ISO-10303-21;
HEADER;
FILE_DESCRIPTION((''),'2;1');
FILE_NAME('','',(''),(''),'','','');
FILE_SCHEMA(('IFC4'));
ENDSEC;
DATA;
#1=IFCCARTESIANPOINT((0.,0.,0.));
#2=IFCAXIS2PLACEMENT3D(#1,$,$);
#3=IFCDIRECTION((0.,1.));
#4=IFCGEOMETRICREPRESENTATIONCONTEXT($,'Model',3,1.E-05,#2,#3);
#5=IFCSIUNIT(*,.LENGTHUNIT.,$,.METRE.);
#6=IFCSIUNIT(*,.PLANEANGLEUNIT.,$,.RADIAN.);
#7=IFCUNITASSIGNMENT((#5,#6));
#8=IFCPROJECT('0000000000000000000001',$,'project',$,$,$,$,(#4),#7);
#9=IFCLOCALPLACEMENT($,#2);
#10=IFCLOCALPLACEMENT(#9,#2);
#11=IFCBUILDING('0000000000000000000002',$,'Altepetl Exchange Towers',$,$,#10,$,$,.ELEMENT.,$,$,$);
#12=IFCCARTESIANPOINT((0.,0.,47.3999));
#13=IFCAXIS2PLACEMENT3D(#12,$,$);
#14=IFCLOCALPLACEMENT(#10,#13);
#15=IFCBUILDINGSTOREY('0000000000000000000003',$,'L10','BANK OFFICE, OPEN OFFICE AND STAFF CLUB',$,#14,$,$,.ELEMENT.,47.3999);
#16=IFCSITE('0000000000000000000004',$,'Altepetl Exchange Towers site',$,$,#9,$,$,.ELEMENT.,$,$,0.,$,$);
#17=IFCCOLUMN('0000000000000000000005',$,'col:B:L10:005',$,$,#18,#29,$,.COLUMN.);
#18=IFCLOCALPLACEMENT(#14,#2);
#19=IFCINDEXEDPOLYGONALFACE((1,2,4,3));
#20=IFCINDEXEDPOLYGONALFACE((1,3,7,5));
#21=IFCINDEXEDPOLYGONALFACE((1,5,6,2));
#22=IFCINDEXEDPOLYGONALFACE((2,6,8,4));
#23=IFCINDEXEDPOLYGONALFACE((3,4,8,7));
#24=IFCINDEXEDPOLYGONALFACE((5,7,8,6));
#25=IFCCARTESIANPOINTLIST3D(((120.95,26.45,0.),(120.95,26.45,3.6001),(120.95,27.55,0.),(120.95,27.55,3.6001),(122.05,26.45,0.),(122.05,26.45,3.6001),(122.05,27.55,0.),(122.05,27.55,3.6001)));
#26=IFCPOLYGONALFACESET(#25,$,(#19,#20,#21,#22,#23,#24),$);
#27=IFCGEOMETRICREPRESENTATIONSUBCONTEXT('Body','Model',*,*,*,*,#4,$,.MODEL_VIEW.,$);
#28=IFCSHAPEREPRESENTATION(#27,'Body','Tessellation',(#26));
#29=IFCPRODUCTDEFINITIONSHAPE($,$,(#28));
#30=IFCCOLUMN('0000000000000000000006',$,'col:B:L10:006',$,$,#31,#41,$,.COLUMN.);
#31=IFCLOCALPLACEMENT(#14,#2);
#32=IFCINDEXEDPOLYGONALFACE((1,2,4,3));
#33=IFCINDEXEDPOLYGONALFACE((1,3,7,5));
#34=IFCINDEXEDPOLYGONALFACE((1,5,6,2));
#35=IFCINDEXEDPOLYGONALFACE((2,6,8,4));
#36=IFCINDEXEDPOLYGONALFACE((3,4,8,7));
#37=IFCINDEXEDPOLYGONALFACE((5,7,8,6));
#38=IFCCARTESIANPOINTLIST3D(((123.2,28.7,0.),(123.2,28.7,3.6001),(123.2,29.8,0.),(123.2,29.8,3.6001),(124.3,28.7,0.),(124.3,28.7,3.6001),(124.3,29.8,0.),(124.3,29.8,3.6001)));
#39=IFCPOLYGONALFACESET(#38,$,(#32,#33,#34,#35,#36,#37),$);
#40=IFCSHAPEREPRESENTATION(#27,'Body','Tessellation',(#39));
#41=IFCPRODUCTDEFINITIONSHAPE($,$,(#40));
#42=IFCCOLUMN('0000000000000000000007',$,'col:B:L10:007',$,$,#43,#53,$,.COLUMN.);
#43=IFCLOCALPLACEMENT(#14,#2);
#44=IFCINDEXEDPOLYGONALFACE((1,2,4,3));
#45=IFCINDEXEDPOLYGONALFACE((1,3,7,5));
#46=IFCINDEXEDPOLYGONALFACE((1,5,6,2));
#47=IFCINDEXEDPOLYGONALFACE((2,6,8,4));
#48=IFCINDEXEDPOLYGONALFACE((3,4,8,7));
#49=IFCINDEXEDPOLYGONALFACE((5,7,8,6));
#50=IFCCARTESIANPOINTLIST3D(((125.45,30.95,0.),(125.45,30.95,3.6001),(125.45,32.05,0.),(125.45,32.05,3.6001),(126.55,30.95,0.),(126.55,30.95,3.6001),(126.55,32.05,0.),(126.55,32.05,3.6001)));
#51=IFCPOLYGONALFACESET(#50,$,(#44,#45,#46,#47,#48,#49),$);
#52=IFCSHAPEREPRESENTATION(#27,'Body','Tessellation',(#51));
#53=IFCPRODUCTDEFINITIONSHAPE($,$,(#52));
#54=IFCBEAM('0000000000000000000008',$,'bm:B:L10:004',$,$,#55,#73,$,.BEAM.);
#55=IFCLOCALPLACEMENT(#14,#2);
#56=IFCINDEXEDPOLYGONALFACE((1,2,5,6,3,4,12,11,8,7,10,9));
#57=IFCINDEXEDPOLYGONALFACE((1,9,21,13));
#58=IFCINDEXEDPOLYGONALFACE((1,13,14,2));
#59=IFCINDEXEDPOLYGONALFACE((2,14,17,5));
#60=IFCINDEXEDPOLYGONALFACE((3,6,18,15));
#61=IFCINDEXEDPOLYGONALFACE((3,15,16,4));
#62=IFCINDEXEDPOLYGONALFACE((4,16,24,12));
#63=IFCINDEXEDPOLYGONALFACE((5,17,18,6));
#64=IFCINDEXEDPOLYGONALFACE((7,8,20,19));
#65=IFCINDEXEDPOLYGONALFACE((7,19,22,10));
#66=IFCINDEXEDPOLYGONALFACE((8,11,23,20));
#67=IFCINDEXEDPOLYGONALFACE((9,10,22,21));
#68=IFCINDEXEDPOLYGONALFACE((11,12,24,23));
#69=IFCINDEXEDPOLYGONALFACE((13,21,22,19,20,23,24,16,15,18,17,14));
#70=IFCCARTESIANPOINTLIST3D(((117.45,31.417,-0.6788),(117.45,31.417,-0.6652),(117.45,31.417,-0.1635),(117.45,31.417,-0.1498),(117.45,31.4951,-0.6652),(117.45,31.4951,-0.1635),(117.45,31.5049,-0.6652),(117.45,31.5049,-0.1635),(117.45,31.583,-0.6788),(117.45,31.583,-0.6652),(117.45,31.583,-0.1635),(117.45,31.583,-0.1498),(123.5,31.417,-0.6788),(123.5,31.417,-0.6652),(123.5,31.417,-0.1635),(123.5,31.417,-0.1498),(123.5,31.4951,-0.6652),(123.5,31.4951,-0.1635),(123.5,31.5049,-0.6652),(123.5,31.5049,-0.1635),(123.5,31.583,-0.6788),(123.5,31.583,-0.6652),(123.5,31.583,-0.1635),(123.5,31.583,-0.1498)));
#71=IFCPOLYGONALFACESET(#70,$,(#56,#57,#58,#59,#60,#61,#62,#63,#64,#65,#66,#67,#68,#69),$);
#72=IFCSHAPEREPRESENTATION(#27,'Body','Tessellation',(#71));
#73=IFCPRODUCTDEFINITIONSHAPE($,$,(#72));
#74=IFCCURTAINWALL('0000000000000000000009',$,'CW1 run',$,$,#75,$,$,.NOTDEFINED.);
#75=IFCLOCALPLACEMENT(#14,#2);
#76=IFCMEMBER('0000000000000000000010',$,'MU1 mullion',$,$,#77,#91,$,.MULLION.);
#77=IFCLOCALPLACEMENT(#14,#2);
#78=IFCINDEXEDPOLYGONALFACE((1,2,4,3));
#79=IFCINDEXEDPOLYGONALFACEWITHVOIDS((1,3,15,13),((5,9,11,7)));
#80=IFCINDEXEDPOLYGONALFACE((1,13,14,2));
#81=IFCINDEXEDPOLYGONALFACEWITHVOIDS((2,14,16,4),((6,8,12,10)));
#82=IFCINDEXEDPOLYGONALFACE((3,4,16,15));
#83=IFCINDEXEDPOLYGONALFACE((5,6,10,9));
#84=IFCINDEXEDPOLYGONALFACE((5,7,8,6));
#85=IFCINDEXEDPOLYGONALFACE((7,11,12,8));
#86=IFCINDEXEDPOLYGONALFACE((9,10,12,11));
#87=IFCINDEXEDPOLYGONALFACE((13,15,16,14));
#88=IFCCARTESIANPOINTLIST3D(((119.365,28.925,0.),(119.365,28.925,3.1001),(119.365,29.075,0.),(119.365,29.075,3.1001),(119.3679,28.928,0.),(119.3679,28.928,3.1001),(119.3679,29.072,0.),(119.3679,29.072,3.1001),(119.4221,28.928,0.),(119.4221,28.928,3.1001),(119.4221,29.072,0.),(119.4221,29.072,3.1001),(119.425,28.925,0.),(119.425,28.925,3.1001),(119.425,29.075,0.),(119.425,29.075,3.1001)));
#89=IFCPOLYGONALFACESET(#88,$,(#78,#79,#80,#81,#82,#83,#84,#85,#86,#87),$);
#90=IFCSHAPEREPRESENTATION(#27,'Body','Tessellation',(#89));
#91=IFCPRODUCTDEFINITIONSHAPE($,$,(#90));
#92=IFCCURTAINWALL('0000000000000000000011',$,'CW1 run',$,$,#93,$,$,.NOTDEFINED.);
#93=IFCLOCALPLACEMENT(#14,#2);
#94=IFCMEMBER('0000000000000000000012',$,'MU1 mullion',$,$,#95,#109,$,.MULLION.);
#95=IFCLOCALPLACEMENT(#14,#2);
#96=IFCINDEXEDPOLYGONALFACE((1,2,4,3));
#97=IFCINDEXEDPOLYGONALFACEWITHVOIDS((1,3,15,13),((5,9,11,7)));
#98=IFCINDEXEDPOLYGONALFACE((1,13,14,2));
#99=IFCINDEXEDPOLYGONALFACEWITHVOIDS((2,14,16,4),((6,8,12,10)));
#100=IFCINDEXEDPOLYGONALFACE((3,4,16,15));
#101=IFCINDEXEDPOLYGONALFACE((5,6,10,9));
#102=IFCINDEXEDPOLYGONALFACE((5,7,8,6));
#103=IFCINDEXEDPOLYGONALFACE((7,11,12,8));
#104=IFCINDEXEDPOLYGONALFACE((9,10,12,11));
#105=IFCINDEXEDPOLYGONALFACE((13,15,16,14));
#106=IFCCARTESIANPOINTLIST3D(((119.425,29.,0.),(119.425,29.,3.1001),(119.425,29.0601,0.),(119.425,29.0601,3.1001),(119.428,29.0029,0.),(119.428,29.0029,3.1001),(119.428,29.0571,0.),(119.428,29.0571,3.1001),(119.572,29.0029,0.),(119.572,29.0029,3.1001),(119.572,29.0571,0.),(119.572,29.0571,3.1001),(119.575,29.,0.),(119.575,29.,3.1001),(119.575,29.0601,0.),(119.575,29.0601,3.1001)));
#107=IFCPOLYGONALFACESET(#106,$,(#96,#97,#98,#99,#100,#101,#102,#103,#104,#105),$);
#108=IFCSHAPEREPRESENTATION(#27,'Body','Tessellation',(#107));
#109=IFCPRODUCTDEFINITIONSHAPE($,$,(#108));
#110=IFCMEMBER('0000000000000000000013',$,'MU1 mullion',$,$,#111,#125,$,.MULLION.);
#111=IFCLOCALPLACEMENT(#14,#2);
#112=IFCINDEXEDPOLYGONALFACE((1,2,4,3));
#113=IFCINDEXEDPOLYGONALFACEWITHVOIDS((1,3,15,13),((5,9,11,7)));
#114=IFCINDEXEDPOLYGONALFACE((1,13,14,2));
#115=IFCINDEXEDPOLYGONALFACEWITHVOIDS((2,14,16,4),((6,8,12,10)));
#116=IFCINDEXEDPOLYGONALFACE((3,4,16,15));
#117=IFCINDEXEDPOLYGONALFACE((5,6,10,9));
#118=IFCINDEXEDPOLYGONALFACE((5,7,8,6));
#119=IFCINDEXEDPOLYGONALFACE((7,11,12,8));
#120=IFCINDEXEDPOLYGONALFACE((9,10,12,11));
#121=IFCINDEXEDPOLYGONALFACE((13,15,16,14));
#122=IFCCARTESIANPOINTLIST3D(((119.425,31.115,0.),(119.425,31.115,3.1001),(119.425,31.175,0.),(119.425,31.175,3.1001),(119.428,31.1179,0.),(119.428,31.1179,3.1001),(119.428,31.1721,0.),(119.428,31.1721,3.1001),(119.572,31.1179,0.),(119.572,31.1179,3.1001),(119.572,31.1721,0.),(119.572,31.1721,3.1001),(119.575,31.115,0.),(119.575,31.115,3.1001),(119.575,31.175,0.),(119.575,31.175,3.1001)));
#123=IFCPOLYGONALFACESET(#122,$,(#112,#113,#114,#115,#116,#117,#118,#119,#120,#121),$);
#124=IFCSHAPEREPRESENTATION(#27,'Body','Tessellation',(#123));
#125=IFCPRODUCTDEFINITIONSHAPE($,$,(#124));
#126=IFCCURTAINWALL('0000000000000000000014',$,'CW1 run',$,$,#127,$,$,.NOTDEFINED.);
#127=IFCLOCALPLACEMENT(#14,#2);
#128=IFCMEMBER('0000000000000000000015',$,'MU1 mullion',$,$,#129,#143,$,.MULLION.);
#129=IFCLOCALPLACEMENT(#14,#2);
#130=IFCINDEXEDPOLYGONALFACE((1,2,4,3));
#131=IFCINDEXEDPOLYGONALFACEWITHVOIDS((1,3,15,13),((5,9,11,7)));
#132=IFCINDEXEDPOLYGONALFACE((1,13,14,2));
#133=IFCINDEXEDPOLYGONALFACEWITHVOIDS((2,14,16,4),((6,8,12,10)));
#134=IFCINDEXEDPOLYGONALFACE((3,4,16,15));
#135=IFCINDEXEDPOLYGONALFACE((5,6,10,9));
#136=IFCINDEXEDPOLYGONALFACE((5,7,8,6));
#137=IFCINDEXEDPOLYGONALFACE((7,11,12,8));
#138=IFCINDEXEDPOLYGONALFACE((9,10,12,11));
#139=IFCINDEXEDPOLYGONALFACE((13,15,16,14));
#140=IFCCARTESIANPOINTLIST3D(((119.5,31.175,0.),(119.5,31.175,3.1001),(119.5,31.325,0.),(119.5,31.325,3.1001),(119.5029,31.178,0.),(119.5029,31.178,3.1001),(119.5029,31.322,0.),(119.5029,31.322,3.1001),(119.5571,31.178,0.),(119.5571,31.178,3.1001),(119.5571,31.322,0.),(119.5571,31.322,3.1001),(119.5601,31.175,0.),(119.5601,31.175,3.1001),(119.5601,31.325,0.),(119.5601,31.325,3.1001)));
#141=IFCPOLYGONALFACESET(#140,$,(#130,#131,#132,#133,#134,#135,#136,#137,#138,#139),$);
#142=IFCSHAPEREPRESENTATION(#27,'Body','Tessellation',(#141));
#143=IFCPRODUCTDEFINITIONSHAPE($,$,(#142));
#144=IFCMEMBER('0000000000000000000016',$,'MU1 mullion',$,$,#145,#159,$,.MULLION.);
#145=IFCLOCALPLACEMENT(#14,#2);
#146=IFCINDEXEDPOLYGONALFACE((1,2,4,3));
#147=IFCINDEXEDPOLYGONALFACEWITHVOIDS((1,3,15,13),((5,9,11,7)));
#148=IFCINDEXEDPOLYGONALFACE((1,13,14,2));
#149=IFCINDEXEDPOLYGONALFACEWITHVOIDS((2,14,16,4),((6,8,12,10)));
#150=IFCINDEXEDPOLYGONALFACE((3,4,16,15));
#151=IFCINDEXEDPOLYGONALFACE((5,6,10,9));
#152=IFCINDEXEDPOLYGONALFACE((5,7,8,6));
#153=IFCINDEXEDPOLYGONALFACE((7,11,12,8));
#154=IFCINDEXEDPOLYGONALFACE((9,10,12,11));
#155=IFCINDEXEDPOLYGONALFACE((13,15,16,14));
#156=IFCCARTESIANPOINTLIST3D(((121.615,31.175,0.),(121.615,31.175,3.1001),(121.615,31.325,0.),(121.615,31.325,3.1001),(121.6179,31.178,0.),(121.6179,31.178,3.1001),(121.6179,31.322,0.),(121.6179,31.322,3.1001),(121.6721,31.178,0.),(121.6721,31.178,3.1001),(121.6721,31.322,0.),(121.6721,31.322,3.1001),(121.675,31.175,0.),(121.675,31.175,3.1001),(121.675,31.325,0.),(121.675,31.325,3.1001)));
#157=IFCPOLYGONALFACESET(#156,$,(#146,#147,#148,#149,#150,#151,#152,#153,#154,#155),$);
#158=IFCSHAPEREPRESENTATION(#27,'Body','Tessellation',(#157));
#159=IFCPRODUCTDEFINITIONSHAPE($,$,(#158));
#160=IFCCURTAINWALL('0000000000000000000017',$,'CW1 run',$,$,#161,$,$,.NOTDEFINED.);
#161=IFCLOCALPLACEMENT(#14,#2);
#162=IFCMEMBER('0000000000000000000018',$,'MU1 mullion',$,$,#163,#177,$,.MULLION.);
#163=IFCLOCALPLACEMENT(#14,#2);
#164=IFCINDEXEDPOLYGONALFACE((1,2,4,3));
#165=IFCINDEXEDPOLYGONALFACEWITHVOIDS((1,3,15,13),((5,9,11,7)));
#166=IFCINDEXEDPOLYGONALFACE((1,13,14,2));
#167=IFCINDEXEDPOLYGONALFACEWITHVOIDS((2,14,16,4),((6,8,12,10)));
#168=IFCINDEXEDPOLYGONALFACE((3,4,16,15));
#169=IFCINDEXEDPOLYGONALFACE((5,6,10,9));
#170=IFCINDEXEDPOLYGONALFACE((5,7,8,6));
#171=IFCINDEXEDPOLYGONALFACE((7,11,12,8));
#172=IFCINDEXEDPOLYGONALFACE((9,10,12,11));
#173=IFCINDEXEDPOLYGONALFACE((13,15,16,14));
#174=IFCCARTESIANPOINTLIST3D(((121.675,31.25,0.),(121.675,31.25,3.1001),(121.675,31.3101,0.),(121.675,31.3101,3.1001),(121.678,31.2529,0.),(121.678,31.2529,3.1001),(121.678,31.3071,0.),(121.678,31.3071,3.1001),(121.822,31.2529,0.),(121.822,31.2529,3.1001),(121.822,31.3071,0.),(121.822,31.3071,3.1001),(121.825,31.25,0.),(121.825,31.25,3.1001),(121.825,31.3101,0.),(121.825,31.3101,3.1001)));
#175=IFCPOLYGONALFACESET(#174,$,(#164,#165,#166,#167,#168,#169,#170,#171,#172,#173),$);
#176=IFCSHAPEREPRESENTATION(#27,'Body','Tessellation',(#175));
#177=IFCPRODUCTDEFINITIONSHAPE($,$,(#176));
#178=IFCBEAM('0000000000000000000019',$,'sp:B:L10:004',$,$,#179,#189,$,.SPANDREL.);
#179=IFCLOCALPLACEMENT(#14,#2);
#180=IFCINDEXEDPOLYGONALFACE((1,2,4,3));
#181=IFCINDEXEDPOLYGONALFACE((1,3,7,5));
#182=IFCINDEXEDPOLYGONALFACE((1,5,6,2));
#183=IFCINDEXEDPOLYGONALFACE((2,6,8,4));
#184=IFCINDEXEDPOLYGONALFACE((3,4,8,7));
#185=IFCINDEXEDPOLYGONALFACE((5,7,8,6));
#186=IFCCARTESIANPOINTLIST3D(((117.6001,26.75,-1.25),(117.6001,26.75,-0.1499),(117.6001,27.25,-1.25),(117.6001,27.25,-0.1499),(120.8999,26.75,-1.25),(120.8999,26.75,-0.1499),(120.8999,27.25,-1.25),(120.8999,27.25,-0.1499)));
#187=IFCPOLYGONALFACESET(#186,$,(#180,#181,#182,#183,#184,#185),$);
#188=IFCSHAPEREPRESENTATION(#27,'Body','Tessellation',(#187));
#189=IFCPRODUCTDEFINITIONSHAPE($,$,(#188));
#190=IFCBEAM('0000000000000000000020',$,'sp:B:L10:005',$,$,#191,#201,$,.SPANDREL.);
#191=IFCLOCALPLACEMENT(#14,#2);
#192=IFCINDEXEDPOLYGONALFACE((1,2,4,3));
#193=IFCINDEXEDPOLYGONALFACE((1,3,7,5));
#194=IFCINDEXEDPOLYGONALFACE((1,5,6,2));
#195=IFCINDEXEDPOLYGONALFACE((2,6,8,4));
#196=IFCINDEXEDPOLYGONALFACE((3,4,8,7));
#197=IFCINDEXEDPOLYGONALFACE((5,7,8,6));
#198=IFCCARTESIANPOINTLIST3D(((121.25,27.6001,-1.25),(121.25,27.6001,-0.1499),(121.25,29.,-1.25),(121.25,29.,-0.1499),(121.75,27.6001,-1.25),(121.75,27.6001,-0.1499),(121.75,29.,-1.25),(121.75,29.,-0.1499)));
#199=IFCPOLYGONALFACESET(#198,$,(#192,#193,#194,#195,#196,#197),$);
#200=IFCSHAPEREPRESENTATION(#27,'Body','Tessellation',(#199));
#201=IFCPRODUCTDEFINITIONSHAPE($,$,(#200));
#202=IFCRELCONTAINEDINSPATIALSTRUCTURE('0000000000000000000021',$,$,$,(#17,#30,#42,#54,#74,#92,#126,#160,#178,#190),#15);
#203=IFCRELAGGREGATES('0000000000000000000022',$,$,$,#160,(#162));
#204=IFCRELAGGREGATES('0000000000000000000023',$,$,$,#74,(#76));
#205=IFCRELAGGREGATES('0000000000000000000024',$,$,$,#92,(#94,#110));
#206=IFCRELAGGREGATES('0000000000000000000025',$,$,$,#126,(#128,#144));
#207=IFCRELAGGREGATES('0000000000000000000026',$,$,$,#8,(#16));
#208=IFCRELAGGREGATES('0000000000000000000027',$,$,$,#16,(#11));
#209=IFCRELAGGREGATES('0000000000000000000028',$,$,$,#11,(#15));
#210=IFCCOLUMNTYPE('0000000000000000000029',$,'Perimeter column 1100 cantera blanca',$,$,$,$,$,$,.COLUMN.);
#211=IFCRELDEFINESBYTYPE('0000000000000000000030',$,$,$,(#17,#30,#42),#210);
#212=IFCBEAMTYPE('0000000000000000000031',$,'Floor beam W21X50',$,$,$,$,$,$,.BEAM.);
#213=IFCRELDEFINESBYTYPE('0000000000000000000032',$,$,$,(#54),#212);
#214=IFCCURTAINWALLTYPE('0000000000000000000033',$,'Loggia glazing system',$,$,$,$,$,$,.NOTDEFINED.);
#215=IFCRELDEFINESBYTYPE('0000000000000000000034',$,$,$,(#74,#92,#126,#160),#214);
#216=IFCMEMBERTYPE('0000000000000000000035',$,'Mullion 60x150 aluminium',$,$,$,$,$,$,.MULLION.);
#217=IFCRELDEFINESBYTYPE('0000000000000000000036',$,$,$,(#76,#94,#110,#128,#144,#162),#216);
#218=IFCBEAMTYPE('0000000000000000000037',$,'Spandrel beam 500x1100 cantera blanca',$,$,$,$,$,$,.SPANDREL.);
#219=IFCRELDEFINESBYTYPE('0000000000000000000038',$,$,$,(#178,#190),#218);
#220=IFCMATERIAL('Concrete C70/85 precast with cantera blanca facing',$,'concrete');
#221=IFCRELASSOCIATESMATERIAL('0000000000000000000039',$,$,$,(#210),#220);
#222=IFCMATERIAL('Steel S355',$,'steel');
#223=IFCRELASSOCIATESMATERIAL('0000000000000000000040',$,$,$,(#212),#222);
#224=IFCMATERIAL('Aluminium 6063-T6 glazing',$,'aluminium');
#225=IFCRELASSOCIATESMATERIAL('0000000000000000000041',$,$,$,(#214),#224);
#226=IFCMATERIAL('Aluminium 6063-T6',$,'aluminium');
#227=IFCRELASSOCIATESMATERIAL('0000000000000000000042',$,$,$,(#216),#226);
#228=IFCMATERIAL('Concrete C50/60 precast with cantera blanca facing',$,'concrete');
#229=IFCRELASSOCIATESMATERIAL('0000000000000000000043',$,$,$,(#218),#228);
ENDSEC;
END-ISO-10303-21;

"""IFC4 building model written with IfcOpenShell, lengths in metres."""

from ifc_helpers import new_model, si_unit, direction, frame, origin, origin_2d, place, context, subcontext, project, spatial, rectangle, hollow_rectangle, i_section, extrude, material, material_profile, profile_set, type_object, element, aggregate, save


model = new_model("IFC4")

# Units and contexts
model_context = context("Model", 3, precision=1e-05, world=origin(), true_north=direction((0.0, 1.0)))
body_context = subcontext(model_context, "Body", "Model", "MODEL_VIEW")
ifc_project = project(units=[si_unit("LENGTHUNIT", "METRE"), si_unit("PLANEANGLEUNIT", "RADIAN")], contexts=[model_context])

# Site, building, storey
site_placement = place(None, origin())
site = spatial("IfcSite", under=ifc_project, at=site_placement, Name="Altepetl Exchange Towers site", CompositionType="ELEMENT", RefElevation=0.0)
building_placement = place(site_placement, origin())
building = spatial("IfcBuilding", under=site, at=building_placement, Name="Altepetl Exchange Towers", CompositionType="ELEMENT")
storey_placement = place(building_placement, frame((0.0, 0.0, 47.3999)))
storey = spatial("IfcBuildingStorey", under=building, at=storey_placement, Name="L10", Description="BANK OFFICE, OPEN OFFICE AND STAFF CLUB", CompositionType="ELEMENT", Elevation=47.3999)

# Columns
ifc_material_1 = material(Name="Concrete C70/85 precast with cantera blanca facing", Category="concrete")
ifc_material_profile_1 = material_profile(ifc_material_1, rectangle(XDim=1.1001, YDim=1.1001, at=origin_2d()), Name="1100 x 1100")
ifc_profile_set_1 = profile_set([ifc_material_profile_1], Name="Concrete C70/85 precast with cantera blanca facing")
column_type = type_object("IfcColumnType", Name="Perimeter column 1100 cantera blanca", PredefinedType="COLUMN", material=ifc_profile_set_1)
for number, where, name in (
    (1, (121.5, 27.0, 0.0), "col:B:L10:005"),
    (2, (123.75, 29.25, 0.0), "col:B:L10:006"),
    (3, (126.0, 31.5, 0.0), "col:B:L10:007"),
):
    element("IfcColumn", number, at=place(storey_placement, frame(where)), inside=storey, type_object=column_type, Name=name, PredefinedType="COLUMN", context=body_context, shape_type="SweptSolid", body=[
        extrude(rectangle(XDim=1.1001, YDim=1.1001, at=origin_2d()), origin(), (0.0, 0.0, 1.0), 3.6001),
    ])

# Beam
ifc_material_2 = material(Name="Steel S355", Category="steel")
ifc_material_profile_2 = material_profile(ifc_material_2, i_section(OverallWidth=0.166, OverallDepth=0.5291, WebThickness=0.0098, FlangeThickness=0.0137, at=origin_2d()), Name="W21X50")
ifc_profile_set_2 = profile_set([ifc_material_profile_2], Name="Steel S355")
beam_type_1 = type_object("IfcBeamType", Name="Floor beam W21X50", PredefinedType="BEAM", material=ifc_profile_set_2)
beam_1_placement = place(storey_placement, frame((117.45, 31.5, -0.4143), z_axis=(1.0, 0.0, 0.0), x_axis=(0.0, 1.0, 0.0)))
element("IfcBeam", 4, at=beam_1_placement, inside=storey, type_object=beam_type_1, Name="bm:B:L10:004", PredefinedType="BEAM", context=body_context, shape_type="SweptSolid", body=[
    extrude(i_section(OverallWidth=0.166, OverallDepth=0.5291, WebThickness=0.0098, FlangeThickness=0.0137, at=origin_2d()), origin(), (0.0, 0.0, 1.0), 6.05),
])

# Curtain wall, member
ifc_material_3 = material(Name="Aluminium 6063-T6 glazing", Category="aluminium")
curtain_wall_type = type_object("IfcCurtainWallType", Name="Loggia glazing system", PredefinedType="NOTDEFINED", material=ifc_material_3)
curtain_wall_1_placement = place(storey_placement, origin())
curtain_wall_1 = element("IfcCurtainWall", 5, at=curtain_wall_1_placement, inside=storey, type_object=curtain_wall_type, Name="CW1 run", PredefinedType="NOTDEFINED")
ifc_material_4 = material(Name="Aluminium 6063-T6", Category="aluminium")
ifc_material_profile_3 = material_profile(ifc_material_4, hollow_rectangle(XDim=0.0601, YDim=0.1499, WallThickness=0.0029, at=origin_2d()), Name="Mullion 60x150 aluminium")
ifc_profile_set_3 = profile_set([ifc_material_profile_3], Name="Aluminium 6063-T6")
member_type = type_object("IfcMemberType", Name="Mullion 60x150 aluminium", PredefinedType="MULLION", material=ifc_profile_set_3)
member_1_placement = place(storey_placement, frame((119.395, 29.0, 0.0)))
member_1 = element("IfcMember", 6, at=member_1_placement, type_object=member_type, Name="MU1 mullion", PredefinedType="MULLION", context=body_context, shape_type="SweptSolid", body=[
    extrude(hollow_rectangle(XDim=0.0601, YDim=0.1499, WallThickness=0.0029, at=origin_2d()), origin(), (0.0, 0.0, 1.0), 3.1001),
])

# Curtain walls, members
curtain_wall_2_placement = place(storey_placement, origin())
curtain_wall_2 = element("IfcCurtainWall", 7, at=curtain_wall_2_placement, inside=storey, type_object=curtain_wall_type, Name="CW1 run", PredefinedType="NOTDEFINED")
member_2_placement = place(storey_placement, frame((119.5, 29.03, 0.0), z_axis=(0.0, 0.0, 1.0), x_axis=(0.0, 1.0, 0.0)))
member_2 = element("IfcMember", 8, at=member_2_placement, type_object=member_type, Name="MU1 mullion", PredefinedType="MULLION", context=body_context, shape_type="SweptSolid", body=[
    extrude(hollow_rectangle(XDim=0.0601, YDim=0.1499, WallThickness=0.0029, at=origin_2d()), origin(), (0.0, 0.0, 1.0), 3.1001),
])
member_3_placement = place(storey_placement, frame((119.5, 31.145, 0.0), z_axis=(0.0, 0.0, 1.0), x_axis=(0.0, 1.0, 0.0)))
member_3 = element("IfcMember", 9, at=member_3_placement, type_object=member_type, Name="MU1 mullion", PredefinedType="MULLION", context=body_context, shape_type="SweptSolid", body=[
    extrude(hollow_rectangle(XDim=0.0601, YDim=0.1499, WallThickness=0.0029, at=origin_2d()), origin(), (0.0, 0.0, 1.0), 3.1001),
])
curtain_wall_3_placement = place(storey_placement, origin())
curtain_wall_3 = element("IfcCurtainWall", 10, at=curtain_wall_3_placement, inside=storey, type_object=curtain_wall_type, Name="CW1 run", PredefinedType="NOTDEFINED")
member_4_placement = place(storey_placement, frame((119.53, 31.25, 0.0)))
member_4 = element("IfcMember", 11, at=member_4_placement, type_object=member_type, Name="MU1 mullion", PredefinedType="MULLION", context=body_context, shape_type="SweptSolid", body=[
    extrude(hollow_rectangle(XDim=0.0601, YDim=0.1499, WallThickness=0.0029, at=origin_2d()), origin(), (0.0, 0.0, 1.0), 3.1001),
])
member_5_placement = place(storey_placement, frame((121.645, 31.25, 0.0)))
member_5 = element("IfcMember", 12, at=member_5_placement, type_object=member_type, Name="MU1 mullion", PredefinedType="MULLION", context=body_context, shape_type="SweptSolid", body=[
    extrude(hollow_rectangle(XDim=0.0601, YDim=0.1499, WallThickness=0.0029, at=origin_2d()), origin(), (0.0, 0.0, 1.0), 3.1001),
])

# Curtain wall, member
curtain_wall_4_placement = place(storey_placement, origin())
curtain_wall_4 = element("IfcCurtainWall", 13, at=curtain_wall_4_placement, inside=storey, type_object=curtain_wall_type, Name="CW1 run", PredefinedType="NOTDEFINED")
member_6_placement = place(storey_placement, frame((121.75, 31.28, 0.0), z_axis=(0.0, 0.0, 1.0), x_axis=(0.0, 1.0, 0.0)))
member_6 = element("IfcMember", 14, at=member_6_placement, type_object=member_type, Name="MU1 mullion", PredefinedType="MULLION", context=body_context, shape_type="SweptSolid", body=[
    extrude(hollow_rectangle(XDim=0.0601, YDim=0.1499, WallThickness=0.0029, at=origin_2d()), origin(), (0.0, 0.0, 1.0), 3.1001),
])
aggregate(curtain_wall_4, [member_6])

# Beams
ifc_material_5 = material(Name="Concrete C50/60 precast with cantera blanca facing", Category="concrete")
ifc_material_profile_4 = material_profile(ifc_material_5, rectangle(XDim=0.5, YDim=1.1001, at=origin_2d()), Name="500 x 1100")
ifc_profile_set_4 = profile_set([ifc_material_profile_4], Name="Concrete C50/60 precast with cantera blanca facing")
beam_type_2 = type_object("IfcBeamType", Name="Spandrel beam 500x1100 cantera blanca", PredefinedType="SPANDREL", material=ifc_profile_set_4)
beam_2_placement = place(storey_placement, frame((117.6001, 27.0, -0.7), z_axis=(1.0, 0.0, 0.0), x_axis=(0.0, 1.0, 0.0)))
element("IfcBeam", 15, at=beam_2_placement, inside=storey, type_object=beam_type_2, Name="sp:B:L10:004", PredefinedType="SPANDREL", context=body_context, shape_type="SweptSolid", body=[
    extrude(rectangle(XDim=0.5, YDim=1.1001, at=origin_2d()), origin(), (0.0, 0.0, 1.0), 3.2998),
])
beam_3_placement = place(storey_placement, frame((121.5, 27.6001, -0.7), z_axis=(0.0, 1.0, 0.0), x_axis=(-1.0, 0.0, 0.0)))
element("IfcBeam", 16, at=beam_3_placement, inside=storey, type_object=beam_type_2, Name="sp:B:L10:005", PredefinedType="SPANDREL", context=body_context, shape_type="SweptSolid", body=[
    extrude(rectangle(XDim=0.5, YDim=1.1001, at=origin_2d()), origin(), (0.0, 0.0, 1.0), 1.3999),
])

aggregate(curtain_wall_1, [member_1])
aggregate(curtain_wall_2, [member_2, member_3])
aggregate(curtain_wall_3, [member_4, member_5])

save(model, "model.ifc")
